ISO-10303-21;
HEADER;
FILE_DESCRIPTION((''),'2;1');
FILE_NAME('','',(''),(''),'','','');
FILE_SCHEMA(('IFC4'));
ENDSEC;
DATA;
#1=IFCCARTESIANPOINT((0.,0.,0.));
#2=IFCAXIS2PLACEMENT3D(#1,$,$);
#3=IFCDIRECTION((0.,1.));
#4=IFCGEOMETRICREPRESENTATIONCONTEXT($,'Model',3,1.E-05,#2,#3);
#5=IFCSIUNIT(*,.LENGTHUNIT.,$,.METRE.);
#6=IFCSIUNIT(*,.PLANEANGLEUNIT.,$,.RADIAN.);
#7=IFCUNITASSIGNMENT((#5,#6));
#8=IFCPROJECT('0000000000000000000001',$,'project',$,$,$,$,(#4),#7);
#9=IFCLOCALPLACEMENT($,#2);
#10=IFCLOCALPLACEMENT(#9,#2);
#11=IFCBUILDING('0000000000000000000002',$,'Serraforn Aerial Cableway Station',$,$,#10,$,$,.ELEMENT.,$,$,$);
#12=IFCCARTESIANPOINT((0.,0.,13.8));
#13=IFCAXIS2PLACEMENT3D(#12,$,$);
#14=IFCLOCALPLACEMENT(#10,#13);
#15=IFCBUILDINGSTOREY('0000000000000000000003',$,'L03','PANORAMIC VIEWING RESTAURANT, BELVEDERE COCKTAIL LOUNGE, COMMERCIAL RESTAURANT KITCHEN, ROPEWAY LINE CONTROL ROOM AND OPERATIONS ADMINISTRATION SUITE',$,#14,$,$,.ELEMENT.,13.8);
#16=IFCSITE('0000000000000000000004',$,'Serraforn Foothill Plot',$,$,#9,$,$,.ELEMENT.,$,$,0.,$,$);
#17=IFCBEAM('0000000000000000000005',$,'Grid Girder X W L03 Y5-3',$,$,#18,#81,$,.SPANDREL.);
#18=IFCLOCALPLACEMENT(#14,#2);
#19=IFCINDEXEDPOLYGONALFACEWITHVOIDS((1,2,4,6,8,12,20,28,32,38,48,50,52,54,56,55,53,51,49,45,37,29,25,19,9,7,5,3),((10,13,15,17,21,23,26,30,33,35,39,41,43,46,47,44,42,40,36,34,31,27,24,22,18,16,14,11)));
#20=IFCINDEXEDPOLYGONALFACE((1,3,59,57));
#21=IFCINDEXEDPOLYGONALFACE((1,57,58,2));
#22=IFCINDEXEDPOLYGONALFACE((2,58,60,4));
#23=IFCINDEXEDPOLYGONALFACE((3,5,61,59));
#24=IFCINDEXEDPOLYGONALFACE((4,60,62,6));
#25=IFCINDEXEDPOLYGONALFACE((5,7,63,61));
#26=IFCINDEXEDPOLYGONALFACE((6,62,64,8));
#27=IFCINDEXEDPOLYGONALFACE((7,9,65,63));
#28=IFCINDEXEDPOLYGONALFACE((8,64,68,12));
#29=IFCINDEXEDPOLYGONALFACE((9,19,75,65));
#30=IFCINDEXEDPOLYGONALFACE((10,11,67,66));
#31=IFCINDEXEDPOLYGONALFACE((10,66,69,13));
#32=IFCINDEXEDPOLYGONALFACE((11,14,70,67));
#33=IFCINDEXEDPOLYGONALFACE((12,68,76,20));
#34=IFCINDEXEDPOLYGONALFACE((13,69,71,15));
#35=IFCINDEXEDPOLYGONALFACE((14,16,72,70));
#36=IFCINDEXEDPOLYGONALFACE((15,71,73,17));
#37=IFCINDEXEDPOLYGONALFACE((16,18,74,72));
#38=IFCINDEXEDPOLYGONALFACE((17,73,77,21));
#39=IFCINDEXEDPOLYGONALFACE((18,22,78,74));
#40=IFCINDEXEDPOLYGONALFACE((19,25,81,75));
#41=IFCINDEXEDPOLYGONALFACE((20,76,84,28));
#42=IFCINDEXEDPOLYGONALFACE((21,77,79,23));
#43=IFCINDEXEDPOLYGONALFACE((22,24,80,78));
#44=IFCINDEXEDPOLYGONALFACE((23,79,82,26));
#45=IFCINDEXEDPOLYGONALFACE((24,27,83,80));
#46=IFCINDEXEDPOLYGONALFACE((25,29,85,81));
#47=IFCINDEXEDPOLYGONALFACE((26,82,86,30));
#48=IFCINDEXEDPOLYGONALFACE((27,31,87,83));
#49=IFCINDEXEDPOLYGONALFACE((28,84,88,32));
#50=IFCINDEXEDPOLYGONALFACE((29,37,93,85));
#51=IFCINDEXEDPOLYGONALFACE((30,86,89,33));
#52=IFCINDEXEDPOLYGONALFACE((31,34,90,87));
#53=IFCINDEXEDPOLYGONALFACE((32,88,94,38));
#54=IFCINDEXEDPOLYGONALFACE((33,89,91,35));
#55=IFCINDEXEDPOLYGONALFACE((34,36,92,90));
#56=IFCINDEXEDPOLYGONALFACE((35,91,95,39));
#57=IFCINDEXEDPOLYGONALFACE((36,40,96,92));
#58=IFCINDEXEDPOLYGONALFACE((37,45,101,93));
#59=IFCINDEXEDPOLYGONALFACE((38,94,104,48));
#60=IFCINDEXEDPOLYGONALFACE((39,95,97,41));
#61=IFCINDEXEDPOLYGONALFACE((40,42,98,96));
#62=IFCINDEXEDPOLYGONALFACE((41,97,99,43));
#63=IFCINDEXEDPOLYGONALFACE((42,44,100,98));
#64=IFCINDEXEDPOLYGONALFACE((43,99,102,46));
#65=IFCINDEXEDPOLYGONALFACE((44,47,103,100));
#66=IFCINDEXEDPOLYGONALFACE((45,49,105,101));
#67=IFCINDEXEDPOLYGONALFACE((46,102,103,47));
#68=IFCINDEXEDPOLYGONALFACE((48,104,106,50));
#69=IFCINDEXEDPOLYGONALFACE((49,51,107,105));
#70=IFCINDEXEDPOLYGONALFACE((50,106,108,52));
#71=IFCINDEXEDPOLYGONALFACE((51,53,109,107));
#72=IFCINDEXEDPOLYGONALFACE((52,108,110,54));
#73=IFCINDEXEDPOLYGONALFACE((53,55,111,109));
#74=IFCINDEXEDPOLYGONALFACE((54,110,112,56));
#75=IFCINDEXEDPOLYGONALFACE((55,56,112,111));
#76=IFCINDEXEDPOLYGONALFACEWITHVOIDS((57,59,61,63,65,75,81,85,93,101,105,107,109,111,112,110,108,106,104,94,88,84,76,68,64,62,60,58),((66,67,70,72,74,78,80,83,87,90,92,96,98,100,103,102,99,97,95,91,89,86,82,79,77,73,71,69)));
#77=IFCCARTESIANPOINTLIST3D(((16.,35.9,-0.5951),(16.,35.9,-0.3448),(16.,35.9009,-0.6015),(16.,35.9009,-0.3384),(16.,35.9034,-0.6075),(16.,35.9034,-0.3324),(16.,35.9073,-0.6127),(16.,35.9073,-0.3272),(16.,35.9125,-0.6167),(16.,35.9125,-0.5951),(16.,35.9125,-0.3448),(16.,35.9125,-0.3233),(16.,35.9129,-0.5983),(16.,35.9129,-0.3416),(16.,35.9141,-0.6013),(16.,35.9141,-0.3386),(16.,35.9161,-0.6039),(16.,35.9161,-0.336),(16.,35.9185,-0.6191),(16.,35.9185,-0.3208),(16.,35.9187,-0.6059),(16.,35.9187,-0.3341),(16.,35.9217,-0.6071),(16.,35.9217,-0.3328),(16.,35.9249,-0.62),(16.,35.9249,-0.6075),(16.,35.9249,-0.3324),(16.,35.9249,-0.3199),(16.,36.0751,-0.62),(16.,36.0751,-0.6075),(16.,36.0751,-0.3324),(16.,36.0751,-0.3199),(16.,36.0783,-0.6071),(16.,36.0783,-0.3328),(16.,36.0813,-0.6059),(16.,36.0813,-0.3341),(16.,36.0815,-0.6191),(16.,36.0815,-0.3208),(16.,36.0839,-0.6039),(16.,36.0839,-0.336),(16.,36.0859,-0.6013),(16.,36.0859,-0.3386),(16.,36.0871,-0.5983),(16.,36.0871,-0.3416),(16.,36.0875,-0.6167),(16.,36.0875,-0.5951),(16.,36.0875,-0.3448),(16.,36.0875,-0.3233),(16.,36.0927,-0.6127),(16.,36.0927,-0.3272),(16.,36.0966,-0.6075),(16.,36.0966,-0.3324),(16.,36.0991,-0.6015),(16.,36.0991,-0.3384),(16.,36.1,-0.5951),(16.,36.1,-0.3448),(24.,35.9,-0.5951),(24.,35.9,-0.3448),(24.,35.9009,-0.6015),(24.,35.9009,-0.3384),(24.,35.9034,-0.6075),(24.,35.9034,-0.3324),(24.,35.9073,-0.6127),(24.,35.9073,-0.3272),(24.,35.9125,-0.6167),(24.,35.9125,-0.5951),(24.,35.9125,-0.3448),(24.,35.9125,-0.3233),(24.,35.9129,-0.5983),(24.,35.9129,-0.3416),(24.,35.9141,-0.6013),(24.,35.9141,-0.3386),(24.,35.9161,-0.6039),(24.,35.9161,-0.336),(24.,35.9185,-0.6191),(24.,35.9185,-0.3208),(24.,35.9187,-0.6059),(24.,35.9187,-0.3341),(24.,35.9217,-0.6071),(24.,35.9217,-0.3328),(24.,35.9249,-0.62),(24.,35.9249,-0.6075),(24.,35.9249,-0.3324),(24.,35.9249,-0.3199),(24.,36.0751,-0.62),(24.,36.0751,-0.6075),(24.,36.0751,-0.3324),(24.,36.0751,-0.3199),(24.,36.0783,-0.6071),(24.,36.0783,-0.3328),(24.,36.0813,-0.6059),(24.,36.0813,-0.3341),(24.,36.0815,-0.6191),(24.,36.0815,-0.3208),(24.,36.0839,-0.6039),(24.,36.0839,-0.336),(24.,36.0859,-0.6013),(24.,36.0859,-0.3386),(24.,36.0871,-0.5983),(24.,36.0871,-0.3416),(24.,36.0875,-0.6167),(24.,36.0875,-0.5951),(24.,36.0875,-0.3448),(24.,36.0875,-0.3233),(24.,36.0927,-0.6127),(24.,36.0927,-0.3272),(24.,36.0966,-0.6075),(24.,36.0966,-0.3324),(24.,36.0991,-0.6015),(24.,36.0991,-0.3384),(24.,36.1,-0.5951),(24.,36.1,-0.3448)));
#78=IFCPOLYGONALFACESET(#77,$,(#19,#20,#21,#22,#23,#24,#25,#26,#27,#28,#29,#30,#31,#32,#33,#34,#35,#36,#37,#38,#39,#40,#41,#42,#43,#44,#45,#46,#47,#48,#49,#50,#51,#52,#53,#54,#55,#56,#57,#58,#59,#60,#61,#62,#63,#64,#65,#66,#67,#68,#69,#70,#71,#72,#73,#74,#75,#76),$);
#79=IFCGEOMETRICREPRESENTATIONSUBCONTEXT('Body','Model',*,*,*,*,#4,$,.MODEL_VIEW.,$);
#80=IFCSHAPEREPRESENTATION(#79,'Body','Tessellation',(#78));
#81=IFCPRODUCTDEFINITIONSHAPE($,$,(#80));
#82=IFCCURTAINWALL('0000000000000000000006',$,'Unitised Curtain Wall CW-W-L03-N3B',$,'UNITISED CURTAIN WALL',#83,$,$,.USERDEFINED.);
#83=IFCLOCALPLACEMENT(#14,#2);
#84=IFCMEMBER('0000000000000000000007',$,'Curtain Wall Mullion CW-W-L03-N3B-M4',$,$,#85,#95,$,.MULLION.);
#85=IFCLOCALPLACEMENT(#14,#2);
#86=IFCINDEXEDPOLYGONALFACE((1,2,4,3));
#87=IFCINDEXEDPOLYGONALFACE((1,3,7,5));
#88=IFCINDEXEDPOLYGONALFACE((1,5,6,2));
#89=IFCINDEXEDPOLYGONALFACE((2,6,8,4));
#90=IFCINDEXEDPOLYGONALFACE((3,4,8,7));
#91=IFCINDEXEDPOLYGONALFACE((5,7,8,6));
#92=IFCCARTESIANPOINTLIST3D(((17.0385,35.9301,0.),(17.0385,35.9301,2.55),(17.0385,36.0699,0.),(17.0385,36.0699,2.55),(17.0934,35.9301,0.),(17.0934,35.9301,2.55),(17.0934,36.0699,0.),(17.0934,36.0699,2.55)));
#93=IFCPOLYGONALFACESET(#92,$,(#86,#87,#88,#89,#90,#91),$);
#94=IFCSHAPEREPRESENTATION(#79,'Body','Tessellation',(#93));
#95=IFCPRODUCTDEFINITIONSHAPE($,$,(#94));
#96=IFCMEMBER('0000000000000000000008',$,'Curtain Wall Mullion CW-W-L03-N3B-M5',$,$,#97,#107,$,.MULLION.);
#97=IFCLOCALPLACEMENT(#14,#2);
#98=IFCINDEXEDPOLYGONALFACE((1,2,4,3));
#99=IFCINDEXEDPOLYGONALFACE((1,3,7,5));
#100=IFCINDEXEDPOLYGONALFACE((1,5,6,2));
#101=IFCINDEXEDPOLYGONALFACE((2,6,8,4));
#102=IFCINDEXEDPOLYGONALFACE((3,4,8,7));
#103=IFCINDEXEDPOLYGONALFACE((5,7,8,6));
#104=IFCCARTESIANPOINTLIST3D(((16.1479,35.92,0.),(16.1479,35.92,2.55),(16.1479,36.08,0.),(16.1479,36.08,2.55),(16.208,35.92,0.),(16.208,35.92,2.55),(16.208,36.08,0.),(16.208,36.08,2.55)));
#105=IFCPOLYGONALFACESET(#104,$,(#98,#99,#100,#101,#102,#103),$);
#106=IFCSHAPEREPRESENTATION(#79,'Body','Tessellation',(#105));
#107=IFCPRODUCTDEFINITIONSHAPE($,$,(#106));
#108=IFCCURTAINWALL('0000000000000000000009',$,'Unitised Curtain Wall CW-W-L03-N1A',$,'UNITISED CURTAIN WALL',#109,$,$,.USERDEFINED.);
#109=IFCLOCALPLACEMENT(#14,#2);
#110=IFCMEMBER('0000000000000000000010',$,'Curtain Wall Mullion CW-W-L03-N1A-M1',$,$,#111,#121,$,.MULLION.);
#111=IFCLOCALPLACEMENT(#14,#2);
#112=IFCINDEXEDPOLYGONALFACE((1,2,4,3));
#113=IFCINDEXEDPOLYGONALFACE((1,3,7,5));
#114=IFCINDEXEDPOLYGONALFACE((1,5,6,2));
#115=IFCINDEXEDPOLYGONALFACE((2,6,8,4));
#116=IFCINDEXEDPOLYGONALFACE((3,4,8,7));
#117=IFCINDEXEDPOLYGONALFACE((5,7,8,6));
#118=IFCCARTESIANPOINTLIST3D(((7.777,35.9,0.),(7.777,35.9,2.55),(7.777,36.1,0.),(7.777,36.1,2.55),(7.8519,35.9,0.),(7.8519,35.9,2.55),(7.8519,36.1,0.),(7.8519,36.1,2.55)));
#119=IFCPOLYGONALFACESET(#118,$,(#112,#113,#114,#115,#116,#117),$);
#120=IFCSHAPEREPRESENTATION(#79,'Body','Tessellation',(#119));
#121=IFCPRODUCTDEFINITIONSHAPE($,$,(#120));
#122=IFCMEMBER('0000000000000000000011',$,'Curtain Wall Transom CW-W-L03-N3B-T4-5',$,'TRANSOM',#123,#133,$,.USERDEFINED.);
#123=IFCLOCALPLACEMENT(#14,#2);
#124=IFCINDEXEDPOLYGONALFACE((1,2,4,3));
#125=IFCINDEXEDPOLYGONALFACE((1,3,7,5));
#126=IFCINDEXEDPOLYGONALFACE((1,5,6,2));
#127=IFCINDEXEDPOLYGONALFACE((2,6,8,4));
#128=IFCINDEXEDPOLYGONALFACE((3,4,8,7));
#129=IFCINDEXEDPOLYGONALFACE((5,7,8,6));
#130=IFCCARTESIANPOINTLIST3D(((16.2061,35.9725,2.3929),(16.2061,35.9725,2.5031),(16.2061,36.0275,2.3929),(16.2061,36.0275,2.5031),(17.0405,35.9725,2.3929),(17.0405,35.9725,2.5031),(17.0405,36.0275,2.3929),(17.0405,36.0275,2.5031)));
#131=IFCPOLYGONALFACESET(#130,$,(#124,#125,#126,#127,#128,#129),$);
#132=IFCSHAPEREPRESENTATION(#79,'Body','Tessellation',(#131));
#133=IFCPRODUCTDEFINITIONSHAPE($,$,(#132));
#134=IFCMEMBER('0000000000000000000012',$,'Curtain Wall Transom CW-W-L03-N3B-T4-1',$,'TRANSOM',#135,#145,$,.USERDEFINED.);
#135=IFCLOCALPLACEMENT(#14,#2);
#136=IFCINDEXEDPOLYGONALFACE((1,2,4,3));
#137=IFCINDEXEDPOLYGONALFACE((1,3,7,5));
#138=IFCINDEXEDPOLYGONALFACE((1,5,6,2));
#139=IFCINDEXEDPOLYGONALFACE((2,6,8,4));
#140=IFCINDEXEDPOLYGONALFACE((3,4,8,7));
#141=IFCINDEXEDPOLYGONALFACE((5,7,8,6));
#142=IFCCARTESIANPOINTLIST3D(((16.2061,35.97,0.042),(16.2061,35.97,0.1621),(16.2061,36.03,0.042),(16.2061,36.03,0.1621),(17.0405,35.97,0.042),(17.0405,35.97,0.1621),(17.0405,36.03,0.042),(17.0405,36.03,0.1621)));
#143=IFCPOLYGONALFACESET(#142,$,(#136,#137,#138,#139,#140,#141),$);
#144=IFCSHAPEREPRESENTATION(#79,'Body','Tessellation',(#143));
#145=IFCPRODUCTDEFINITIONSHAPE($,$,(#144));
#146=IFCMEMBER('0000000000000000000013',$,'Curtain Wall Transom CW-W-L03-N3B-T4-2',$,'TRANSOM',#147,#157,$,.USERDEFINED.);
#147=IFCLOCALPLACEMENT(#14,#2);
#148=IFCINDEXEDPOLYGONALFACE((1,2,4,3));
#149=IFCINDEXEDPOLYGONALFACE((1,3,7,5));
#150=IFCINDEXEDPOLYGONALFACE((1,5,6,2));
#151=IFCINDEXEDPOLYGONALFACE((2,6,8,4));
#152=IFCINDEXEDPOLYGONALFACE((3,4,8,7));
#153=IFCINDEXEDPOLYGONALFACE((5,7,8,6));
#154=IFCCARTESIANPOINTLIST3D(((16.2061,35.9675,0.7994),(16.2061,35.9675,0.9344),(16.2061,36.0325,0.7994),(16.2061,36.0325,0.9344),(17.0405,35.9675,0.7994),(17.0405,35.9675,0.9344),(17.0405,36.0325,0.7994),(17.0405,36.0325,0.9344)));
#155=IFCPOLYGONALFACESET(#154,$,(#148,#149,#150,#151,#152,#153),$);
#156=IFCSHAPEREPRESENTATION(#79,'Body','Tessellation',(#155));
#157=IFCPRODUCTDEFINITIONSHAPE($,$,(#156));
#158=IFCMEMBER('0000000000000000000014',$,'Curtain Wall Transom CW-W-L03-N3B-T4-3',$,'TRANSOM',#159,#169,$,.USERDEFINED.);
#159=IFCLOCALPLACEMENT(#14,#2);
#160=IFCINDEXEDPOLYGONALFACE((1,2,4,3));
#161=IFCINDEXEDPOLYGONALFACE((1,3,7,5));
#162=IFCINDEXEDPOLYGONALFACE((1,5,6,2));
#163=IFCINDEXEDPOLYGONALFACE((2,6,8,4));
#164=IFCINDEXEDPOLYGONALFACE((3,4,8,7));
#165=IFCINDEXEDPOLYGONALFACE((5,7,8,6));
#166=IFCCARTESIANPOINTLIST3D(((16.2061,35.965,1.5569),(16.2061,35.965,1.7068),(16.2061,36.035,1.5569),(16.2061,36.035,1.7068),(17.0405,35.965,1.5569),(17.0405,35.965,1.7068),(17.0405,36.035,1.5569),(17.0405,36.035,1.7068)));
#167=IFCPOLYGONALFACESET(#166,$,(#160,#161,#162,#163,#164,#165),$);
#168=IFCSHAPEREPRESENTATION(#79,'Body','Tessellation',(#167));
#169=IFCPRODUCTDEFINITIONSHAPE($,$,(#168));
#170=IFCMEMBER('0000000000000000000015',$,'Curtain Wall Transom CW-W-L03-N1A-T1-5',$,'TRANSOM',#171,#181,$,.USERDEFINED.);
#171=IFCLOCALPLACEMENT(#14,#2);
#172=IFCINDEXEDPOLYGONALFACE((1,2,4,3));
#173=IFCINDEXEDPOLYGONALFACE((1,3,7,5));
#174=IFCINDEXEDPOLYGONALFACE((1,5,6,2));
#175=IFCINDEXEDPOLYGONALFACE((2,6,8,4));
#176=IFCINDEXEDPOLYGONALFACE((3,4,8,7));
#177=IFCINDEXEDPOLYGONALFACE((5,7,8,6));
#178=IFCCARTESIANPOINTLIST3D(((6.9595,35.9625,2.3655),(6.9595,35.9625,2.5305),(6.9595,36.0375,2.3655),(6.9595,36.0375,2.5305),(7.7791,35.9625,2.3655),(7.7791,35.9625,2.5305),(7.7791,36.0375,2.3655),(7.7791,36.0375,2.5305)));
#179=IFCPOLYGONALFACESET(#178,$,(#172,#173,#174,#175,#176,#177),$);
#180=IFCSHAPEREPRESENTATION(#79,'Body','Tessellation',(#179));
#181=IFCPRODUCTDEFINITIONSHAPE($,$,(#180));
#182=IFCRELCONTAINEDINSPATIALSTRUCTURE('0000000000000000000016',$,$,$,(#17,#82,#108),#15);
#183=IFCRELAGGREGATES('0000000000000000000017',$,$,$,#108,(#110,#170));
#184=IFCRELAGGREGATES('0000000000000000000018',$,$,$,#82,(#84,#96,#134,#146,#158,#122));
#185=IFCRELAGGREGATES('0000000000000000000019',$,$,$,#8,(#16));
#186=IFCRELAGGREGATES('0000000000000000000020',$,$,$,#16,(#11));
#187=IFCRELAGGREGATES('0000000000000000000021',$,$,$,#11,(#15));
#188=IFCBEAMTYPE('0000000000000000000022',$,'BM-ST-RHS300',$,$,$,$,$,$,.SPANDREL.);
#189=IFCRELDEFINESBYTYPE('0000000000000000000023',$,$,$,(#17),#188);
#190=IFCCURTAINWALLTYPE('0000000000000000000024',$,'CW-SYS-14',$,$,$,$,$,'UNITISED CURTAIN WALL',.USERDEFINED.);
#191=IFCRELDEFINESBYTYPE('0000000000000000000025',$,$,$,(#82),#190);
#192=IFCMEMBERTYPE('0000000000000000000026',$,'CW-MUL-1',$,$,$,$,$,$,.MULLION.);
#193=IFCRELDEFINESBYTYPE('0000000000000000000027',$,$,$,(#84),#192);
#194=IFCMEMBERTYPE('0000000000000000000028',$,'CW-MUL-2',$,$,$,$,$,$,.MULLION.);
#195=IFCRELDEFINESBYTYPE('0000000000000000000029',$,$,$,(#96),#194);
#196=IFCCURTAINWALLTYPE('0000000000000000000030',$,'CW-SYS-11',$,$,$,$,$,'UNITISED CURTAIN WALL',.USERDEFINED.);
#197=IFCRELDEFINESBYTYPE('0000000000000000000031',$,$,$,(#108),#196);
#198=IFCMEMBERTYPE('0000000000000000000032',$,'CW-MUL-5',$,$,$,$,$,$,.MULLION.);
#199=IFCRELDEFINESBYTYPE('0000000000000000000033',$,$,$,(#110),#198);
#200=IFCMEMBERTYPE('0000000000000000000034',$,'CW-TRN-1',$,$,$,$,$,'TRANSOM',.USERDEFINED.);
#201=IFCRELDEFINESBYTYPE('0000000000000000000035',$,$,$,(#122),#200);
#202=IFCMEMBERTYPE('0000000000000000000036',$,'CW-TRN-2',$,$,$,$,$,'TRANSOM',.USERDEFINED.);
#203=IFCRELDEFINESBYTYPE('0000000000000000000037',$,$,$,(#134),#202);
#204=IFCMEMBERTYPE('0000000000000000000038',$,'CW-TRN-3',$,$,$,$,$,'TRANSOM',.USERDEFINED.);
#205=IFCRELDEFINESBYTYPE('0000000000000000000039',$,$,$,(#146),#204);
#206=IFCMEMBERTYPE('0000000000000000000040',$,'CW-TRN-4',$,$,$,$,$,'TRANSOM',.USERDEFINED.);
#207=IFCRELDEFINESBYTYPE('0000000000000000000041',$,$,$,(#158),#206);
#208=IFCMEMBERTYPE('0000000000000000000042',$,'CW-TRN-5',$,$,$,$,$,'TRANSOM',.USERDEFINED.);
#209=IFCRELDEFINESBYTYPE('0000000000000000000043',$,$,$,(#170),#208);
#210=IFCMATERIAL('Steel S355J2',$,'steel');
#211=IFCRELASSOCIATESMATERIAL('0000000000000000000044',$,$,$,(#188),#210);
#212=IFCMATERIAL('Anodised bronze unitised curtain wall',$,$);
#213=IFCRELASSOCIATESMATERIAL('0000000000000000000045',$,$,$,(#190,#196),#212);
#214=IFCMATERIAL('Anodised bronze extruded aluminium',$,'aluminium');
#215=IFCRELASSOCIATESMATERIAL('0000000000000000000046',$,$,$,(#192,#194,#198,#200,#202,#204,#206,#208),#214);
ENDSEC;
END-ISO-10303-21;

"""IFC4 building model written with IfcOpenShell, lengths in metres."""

from ifc_helpers import new_model, si_unit, direction, frame, origin, origin_2d, place, context, subcontext, project, spatial, rectangle, hollow_rectangle, extrude, material, material_profile, profile_set, type_object, element, aggregate, save


model = new_model("IFC4")

# Units and contexts
model_context = context("Model", 3, precision=1e-05, world=origin(), true_north=direction((0.0, 1.0)))
body_context = subcontext(model_context, "Body", "Model", "MODEL_VIEW")
ifc_project = project(units=[si_unit("LENGTHUNIT", "METRE"), si_unit("PLANEANGLEUNIT", "RADIAN")], contexts=[model_context])

# Site, building, storey
site_placement = place(None, origin())
site = spatial("IfcSite", under=ifc_project, at=site_placement, Name="Serraforn Foothill Plot", CompositionType="ELEMENT", RefElevation=0.0)
building_placement = place(site_placement, origin())
building = spatial("IfcBuilding", under=site, at=building_placement, Name="Serraforn Aerial Cableway Station", CompositionType="ELEMENT")
storey_placement = place(building_placement, frame((0.0, 0.0, 13.8)))
storey = spatial("IfcBuildingStorey", under=building, at=storey_placement, Name="L03", Description="PANORAMIC VIEWING RESTAURANT, BELVEDERE COCKTAIL LOUNGE, COMMERCIAL RESTAURANT KITCHEN, ROPEWAY LINE CONTROL ROOM AND OPERATIONS ADMINISTRATION SUITE", CompositionType="ELEMENT", Elevation=13.8)

# Beam
ifc_material_1 = material(Name="Steel S355J2", Category="steel")
ifc_material_profile_1 = material_profile(ifc_material_1, hollow_rectangle(XDim=0.2, YDim=0.3, WallThickness=0.0125, InnerFilletRadius=0.0125, OuterFilletRadius=0.0249, at=origin_2d()), Name="RHS 300x200x12.5")
ifc_profile_set_1 = profile_set([ifc_material_profile_1], Name="Steel S355J2")
beam_type_1 = type_object("IfcBeamType", Name="BM-ST-RHS300", PredefinedType="SPANDREL", material=ifc_profile_set_1)
beam_1_placement = place(storey_placement, frame((16.0, 36.0, -0.47), z_axis=(1.0, 0.0, 0.0), x_axis=(0.0, 1.0, 0.0)))
element("IfcBeam", 1, at=beam_1_placement, inside=storey, type_object=beam_type_1, Name="Grid Girder X W L03 Y5-3", PredefinedType="SPANDREL", context=body_context, shape_type="SweptSolid", body=[
    extrude(hollow_rectangle(XDim=0.2, YDim=0.3, WallThickness=0.0125, InnerFilletRadius=0.0125, OuterFilletRadius=0.0249, at=origin_2d()), origin(), (0.0, 0.0, 1.0), 8.0),
])

# Curtain wall, members
ifc_material_2 = material(Name="Anodised bronze unitised curtain wall")
curtain_wall_type_1 = type_object("IfcCurtainWallType", Name="CW-SYS-14", ElementType="UNITISED CURTAIN WALL", PredefinedType="USERDEFINED", material=ifc_material_2)
curtain_wall_1_placement = place(storey_placement, origin())
curtain_wall_1 = element("IfcCurtainWall", 2, at=curtain_wall_1_placement, inside=storey, type_object=curtain_wall_type_1, Name="Unitised Curtain Wall CW-W-L03-N3B", ObjectType="UNITISED CURTAIN WALL", PredefinedType="USERDEFINED")
ifc_material_3 = material(Name="Anodised bronze extruded aluminium", Category="aluminium")
ifc_material_profile_2 = material_profile(ifc_material_3, rectangle(XDim=0.0549, YDim=0.1399, at=origin_2d()), Name="CW MULLION 55x140")
ifc_profile_set_2 = profile_set([ifc_material_profile_2], Name="Anodised bronze extruded aluminium")
member_type_1 = type_object("IfcMemberType", Name="CW-MUL-1", PredefinedType="MULLION", material=ifc_profile_set_2)
member_1_placement = place(storey_placement, frame((17.0659, 36.0, 0.0), z_axis=(0.0, 0.0, 1.0), x_axis=(-1.0, 0.0, 0.0)))
member_1 = element("IfcMember", 3, at=member_1_placement, type_object=member_type_1, Name="Curtain Wall Mullion CW-W-L03-N3B-M4", PredefinedType="MULLION", context=body_context, shape_type="SweptSolid", body=[
    extrude(rectangle(XDim=0.0549, YDim=0.1399, at=origin_2d()), origin(), (0.0, 0.0, 1.0), 2.55),
])
ifc_material_profile_3 = material_profile(ifc_material_3, rectangle(XDim=0.0601, YDim=0.1599, at=origin_2d()), Name="CW MULLION 60x160")
ifc_profile_set_3 = profile_set([ifc_material_profile_3], Name="Anodised bronze extruded aluminium")
member_type_2 = type_object("IfcMemberType", Name="CW-MUL-2", PredefinedType="MULLION", material=ifc_profile_set_3)
member_2_placement = place(storey_placement, frame((16.178, 36.0, 0.0), z_axis=(0.0, 0.0, 1.0), x_axis=(-1.0, 0.0, 0.0)))
member_2 = element("IfcMember", 4, at=member_2_placement, type_object=member_type_2, Name="Curtain Wall Mullion CW-W-L03-N3B-M5", PredefinedType="MULLION", context=body_context, shape_type="SweptSolid", body=[
    extrude(rectangle(XDim=0.0601, YDim=0.1599, at=origin_2d()), origin(), (0.0, 0.0, 1.0), 2.55),
])

# Curtain wall, member
curtain_wall_type_2 = type_object("IfcCurtainWallType", Name="CW-SYS-11", ElementType="UNITISED CURTAIN WALL", PredefinedType="USERDEFINED", material=ifc_material_2)
curtain_wall_2_placement = place(storey_placement, origin())
curtain_wall_2 = element("IfcCurtainWall", 5, at=curtain_wall_2_placement, inside=storey, type_object=curtain_wall_type_2, Name="Unitised Curtain Wall CW-W-L03-N1A", ObjectType="UNITISED CURTAIN WALL", PredefinedType="USERDEFINED")
ifc_material_profile_4 = material_profile(ifc_material_3, rectangle(XDim=0.075, YDim=0.2, at=origin_2d()), Name="CW MULLION 75x200")
ifc_profile_set_4 = profile_set([ifc_material_profile_4], Name="Anodised bronze extruded aluminium")
member_type_3 = type_object("IfcMemberType", Name="CW-MUL-5", PredefinedType="MULLION", material=ifc_profile_set_4)
member_3_placement = place(storey_placement, frame((7.8145, 36.0, 0.0), z_axis=(0.0, 0.0, 1.0), x_axis=(-1.0, 0.0, 0.0)))
member_3 = element("IfcMember", 6, at=member_3_placement, type_object=member_type_3, Name="Curtain Wall Mullion CW-W-L03-N1A-M1", PredefinedType="MULLION", context=body_context, shape_type="SweptSolid", body=[
    extrude(rectangle(XDim=0.075, YDim=0.2, at=origin_2d()), origin(), (0.0, 0.0, 1.0), 2.55),
])

# Members
ifc_material_profile_5 = material_profile(ifc_material_3, rectangle(XDim=0.0549, YDim=0.1101, at=origin_2d()), Name="CW TRANSOM 55x110")
ifc_profile_set_5 = profile_set([ifc_material_profile_5], Name="Anodised bronze extruded aluminium")
member_type_4 = type_object("IfcMemberType", Name="CW-TRN-1", ElementType="TRANSOM", PredefinedType="USERDEFINED", material=ifc_profile_set_5)
member_4_placement = place(storey_placement, frame((17.0405, 36.0, 2.448), z_axis=(-1.0, 0.0, 0.0), x_axis=(0.0, -1.0, 0.0)))
member_4 = element("IfcMember", 7, at=member_4_placement, type_object=member_type_4, Name="Curtain Wall Transom CW-W-L03-N3B-T4-5", ObjectType="TRANSOM", PredefinedType="USERDEFINED", context=body_context, shape_type="SweptSolid", body=[
    extrude(rectangle(XDim=0.0549, YDim=0.1101, at=origin_2d()), origin(), (0.0, 0.0, 1.0), 0.8345),
])
ifc_material_profile_6 = material_profile(ifc_material_3, rectangle(XDim=0.0601, YDim=0.1201, at=origin_2d()), Name="CW TRANSOM 60x120")
ifc_profile_set_6 = profile_set([ifc_material_profile_6], Name="Anodised bronze extruded aluminium")
member_type_5 = type_object("IfcMemberType", Name="CW-TRN-2", ElementType="TRANSOM", PredefinedType="USERDEFINED", material=ifc_profile_set_6)
member_5_placement = place(storey_placement, frame((17.0405, 36.0, 0.1021), z_axis=(-1.0, 0.0, 0.0), x_axis=(0.0, -1.0, 0.0)))
member_5 = element("IfcMember", 8, at=member_5_placement, type_object=member_type_5, Name="Curtain Wall Transom CW-W-L03-N3B-T4-1", ObjectType="TRANSOM", PredefinedType="USERDEFINED", context=body_context, shape_type="SweptSolid", body=[
    extrude(rectangle(XDim=0.0601, YDim=0.1201, at=origin_2d()), origin(), (0.0, 0.0, 1.0), 0.8345),
])
ifc_material_profile_7 = material_profile(ifc_material_3, rectangle(XDim=0.0649, YDim=0.135, at=origin_2d()), Name="CW TRANSOM 65x135")
ifc_profile_set_7 = profile_set([ifc_material_profile_7], Name="Anodised bronze extruded aluminium")
member_type_6 = type_object("IfcMemberType", Name="CW-TRN-3", ElementType="TRANSOM", PredefinedType="USERDEFINED", material=ifc_profile_set_7)
member_6_placement = place(storey_placement, frame((17.0405, 36.0, 0.8669), z_axis=(-1.0, 0.0, 0.0), x_axis=(0.0, -1.0, 0.0)))
member_6 = element("IfcMember", 9, at=member_6_placement, type_object=member_type_6, Name="Curtain Wall Transom CW-W-L03-N3B-T4-2", ObjectType="TRANSOM", PredefinedType="USERDEFINED", context=body_context, shape_type="SweptSolid", body=[
    extrude(rectangle(XDim=0.0649, YDim=0.135, at=origin_2d()), origin(), (0.0, 0.0, 1.0), 0.8345),
])
ifc_material_profile_8 = material_profile(ifc_material_3, rectangle(XDim=0.0701, YDim=0.1499, at=origin_2d()), Name="CW TRANSOM 70x150")
ifc_profile_set_8 = profile_set([ifc_material_profile_8], Name="Anodised bronze extruded aluminium")
member_type_7 = type_object("IfcMemberType", Name="CW-TRN-4", ElementType="TRANSOM", PredefinedType="USERDEFINED", material=ifc_profile_set_8)
member_7_placement = place(storey_placement, frame((17.0405, 36.0, 1.6318), z_axis=(-1.0, 0.0, 0.0), x_axis=(0.0, -1.0, 0.0)))
member_7 = element("IfcMember", 10, at=member_7_placement, type_object=member_type_7, Name="Curtain Wall Transom CW-W-L03-N3B-T4-3", ObjectType="TRANSOM", PredefinedType="USERDEFINED", context=body_context, shape_type="SweptSolid", body=[
    extrude(rectangle(XDim=0.0701, YDim=0.1499, at=origin_2d()), origin(), (0.0, 0.0, 1.0), 0.8345),
])
ifc_material_profile_9 = material_profile(ifc_material_3, rectangle(XDim=0.075, YDim=0.165, at=origin_2d()), Name="CW TRANSOM 75x165")
ifc_profile_set_9 = profile_set([ifc_material_profile_9], Name="Anodised bronze extruded aluminium")
member_type_8 = type_object("IfcMemberType", Name="CW-TRN-5", ElementType="TRANSOM", PredefinedType="USERDEFINED", material=ifc_profile_set_9)
member_8_placement = place(storey_placement, frame((7.7791, 36.0, 2.448), z_axis=(-1.0, 0.0, 0.0), x_axis=(0.0, -1.0, 0.0)))
member_8 = element("IfcMember", 11, at=member_8_placement, type_object=member_type_8, Name="Curtain Wall Transom CW-W-L03-N1A-T1-5", ObjectType="TRANSOM", PredefinedType="USERDEFINED", context=body_context, shape_type="SweptSolid", body=[
    extrude(rectangle(XDim=0.075, YDim=0.165, at=origin_2d()), origin(), (0.0, 0.0, 1.0), 0.8196),
])
aggregate(curtain_wall_2, [member_3, member_8])

aggregate(curtain_wall_1, [member_1, member_2, member_5, member_6, member_7, member_4])

save(model, "model.ifc")
